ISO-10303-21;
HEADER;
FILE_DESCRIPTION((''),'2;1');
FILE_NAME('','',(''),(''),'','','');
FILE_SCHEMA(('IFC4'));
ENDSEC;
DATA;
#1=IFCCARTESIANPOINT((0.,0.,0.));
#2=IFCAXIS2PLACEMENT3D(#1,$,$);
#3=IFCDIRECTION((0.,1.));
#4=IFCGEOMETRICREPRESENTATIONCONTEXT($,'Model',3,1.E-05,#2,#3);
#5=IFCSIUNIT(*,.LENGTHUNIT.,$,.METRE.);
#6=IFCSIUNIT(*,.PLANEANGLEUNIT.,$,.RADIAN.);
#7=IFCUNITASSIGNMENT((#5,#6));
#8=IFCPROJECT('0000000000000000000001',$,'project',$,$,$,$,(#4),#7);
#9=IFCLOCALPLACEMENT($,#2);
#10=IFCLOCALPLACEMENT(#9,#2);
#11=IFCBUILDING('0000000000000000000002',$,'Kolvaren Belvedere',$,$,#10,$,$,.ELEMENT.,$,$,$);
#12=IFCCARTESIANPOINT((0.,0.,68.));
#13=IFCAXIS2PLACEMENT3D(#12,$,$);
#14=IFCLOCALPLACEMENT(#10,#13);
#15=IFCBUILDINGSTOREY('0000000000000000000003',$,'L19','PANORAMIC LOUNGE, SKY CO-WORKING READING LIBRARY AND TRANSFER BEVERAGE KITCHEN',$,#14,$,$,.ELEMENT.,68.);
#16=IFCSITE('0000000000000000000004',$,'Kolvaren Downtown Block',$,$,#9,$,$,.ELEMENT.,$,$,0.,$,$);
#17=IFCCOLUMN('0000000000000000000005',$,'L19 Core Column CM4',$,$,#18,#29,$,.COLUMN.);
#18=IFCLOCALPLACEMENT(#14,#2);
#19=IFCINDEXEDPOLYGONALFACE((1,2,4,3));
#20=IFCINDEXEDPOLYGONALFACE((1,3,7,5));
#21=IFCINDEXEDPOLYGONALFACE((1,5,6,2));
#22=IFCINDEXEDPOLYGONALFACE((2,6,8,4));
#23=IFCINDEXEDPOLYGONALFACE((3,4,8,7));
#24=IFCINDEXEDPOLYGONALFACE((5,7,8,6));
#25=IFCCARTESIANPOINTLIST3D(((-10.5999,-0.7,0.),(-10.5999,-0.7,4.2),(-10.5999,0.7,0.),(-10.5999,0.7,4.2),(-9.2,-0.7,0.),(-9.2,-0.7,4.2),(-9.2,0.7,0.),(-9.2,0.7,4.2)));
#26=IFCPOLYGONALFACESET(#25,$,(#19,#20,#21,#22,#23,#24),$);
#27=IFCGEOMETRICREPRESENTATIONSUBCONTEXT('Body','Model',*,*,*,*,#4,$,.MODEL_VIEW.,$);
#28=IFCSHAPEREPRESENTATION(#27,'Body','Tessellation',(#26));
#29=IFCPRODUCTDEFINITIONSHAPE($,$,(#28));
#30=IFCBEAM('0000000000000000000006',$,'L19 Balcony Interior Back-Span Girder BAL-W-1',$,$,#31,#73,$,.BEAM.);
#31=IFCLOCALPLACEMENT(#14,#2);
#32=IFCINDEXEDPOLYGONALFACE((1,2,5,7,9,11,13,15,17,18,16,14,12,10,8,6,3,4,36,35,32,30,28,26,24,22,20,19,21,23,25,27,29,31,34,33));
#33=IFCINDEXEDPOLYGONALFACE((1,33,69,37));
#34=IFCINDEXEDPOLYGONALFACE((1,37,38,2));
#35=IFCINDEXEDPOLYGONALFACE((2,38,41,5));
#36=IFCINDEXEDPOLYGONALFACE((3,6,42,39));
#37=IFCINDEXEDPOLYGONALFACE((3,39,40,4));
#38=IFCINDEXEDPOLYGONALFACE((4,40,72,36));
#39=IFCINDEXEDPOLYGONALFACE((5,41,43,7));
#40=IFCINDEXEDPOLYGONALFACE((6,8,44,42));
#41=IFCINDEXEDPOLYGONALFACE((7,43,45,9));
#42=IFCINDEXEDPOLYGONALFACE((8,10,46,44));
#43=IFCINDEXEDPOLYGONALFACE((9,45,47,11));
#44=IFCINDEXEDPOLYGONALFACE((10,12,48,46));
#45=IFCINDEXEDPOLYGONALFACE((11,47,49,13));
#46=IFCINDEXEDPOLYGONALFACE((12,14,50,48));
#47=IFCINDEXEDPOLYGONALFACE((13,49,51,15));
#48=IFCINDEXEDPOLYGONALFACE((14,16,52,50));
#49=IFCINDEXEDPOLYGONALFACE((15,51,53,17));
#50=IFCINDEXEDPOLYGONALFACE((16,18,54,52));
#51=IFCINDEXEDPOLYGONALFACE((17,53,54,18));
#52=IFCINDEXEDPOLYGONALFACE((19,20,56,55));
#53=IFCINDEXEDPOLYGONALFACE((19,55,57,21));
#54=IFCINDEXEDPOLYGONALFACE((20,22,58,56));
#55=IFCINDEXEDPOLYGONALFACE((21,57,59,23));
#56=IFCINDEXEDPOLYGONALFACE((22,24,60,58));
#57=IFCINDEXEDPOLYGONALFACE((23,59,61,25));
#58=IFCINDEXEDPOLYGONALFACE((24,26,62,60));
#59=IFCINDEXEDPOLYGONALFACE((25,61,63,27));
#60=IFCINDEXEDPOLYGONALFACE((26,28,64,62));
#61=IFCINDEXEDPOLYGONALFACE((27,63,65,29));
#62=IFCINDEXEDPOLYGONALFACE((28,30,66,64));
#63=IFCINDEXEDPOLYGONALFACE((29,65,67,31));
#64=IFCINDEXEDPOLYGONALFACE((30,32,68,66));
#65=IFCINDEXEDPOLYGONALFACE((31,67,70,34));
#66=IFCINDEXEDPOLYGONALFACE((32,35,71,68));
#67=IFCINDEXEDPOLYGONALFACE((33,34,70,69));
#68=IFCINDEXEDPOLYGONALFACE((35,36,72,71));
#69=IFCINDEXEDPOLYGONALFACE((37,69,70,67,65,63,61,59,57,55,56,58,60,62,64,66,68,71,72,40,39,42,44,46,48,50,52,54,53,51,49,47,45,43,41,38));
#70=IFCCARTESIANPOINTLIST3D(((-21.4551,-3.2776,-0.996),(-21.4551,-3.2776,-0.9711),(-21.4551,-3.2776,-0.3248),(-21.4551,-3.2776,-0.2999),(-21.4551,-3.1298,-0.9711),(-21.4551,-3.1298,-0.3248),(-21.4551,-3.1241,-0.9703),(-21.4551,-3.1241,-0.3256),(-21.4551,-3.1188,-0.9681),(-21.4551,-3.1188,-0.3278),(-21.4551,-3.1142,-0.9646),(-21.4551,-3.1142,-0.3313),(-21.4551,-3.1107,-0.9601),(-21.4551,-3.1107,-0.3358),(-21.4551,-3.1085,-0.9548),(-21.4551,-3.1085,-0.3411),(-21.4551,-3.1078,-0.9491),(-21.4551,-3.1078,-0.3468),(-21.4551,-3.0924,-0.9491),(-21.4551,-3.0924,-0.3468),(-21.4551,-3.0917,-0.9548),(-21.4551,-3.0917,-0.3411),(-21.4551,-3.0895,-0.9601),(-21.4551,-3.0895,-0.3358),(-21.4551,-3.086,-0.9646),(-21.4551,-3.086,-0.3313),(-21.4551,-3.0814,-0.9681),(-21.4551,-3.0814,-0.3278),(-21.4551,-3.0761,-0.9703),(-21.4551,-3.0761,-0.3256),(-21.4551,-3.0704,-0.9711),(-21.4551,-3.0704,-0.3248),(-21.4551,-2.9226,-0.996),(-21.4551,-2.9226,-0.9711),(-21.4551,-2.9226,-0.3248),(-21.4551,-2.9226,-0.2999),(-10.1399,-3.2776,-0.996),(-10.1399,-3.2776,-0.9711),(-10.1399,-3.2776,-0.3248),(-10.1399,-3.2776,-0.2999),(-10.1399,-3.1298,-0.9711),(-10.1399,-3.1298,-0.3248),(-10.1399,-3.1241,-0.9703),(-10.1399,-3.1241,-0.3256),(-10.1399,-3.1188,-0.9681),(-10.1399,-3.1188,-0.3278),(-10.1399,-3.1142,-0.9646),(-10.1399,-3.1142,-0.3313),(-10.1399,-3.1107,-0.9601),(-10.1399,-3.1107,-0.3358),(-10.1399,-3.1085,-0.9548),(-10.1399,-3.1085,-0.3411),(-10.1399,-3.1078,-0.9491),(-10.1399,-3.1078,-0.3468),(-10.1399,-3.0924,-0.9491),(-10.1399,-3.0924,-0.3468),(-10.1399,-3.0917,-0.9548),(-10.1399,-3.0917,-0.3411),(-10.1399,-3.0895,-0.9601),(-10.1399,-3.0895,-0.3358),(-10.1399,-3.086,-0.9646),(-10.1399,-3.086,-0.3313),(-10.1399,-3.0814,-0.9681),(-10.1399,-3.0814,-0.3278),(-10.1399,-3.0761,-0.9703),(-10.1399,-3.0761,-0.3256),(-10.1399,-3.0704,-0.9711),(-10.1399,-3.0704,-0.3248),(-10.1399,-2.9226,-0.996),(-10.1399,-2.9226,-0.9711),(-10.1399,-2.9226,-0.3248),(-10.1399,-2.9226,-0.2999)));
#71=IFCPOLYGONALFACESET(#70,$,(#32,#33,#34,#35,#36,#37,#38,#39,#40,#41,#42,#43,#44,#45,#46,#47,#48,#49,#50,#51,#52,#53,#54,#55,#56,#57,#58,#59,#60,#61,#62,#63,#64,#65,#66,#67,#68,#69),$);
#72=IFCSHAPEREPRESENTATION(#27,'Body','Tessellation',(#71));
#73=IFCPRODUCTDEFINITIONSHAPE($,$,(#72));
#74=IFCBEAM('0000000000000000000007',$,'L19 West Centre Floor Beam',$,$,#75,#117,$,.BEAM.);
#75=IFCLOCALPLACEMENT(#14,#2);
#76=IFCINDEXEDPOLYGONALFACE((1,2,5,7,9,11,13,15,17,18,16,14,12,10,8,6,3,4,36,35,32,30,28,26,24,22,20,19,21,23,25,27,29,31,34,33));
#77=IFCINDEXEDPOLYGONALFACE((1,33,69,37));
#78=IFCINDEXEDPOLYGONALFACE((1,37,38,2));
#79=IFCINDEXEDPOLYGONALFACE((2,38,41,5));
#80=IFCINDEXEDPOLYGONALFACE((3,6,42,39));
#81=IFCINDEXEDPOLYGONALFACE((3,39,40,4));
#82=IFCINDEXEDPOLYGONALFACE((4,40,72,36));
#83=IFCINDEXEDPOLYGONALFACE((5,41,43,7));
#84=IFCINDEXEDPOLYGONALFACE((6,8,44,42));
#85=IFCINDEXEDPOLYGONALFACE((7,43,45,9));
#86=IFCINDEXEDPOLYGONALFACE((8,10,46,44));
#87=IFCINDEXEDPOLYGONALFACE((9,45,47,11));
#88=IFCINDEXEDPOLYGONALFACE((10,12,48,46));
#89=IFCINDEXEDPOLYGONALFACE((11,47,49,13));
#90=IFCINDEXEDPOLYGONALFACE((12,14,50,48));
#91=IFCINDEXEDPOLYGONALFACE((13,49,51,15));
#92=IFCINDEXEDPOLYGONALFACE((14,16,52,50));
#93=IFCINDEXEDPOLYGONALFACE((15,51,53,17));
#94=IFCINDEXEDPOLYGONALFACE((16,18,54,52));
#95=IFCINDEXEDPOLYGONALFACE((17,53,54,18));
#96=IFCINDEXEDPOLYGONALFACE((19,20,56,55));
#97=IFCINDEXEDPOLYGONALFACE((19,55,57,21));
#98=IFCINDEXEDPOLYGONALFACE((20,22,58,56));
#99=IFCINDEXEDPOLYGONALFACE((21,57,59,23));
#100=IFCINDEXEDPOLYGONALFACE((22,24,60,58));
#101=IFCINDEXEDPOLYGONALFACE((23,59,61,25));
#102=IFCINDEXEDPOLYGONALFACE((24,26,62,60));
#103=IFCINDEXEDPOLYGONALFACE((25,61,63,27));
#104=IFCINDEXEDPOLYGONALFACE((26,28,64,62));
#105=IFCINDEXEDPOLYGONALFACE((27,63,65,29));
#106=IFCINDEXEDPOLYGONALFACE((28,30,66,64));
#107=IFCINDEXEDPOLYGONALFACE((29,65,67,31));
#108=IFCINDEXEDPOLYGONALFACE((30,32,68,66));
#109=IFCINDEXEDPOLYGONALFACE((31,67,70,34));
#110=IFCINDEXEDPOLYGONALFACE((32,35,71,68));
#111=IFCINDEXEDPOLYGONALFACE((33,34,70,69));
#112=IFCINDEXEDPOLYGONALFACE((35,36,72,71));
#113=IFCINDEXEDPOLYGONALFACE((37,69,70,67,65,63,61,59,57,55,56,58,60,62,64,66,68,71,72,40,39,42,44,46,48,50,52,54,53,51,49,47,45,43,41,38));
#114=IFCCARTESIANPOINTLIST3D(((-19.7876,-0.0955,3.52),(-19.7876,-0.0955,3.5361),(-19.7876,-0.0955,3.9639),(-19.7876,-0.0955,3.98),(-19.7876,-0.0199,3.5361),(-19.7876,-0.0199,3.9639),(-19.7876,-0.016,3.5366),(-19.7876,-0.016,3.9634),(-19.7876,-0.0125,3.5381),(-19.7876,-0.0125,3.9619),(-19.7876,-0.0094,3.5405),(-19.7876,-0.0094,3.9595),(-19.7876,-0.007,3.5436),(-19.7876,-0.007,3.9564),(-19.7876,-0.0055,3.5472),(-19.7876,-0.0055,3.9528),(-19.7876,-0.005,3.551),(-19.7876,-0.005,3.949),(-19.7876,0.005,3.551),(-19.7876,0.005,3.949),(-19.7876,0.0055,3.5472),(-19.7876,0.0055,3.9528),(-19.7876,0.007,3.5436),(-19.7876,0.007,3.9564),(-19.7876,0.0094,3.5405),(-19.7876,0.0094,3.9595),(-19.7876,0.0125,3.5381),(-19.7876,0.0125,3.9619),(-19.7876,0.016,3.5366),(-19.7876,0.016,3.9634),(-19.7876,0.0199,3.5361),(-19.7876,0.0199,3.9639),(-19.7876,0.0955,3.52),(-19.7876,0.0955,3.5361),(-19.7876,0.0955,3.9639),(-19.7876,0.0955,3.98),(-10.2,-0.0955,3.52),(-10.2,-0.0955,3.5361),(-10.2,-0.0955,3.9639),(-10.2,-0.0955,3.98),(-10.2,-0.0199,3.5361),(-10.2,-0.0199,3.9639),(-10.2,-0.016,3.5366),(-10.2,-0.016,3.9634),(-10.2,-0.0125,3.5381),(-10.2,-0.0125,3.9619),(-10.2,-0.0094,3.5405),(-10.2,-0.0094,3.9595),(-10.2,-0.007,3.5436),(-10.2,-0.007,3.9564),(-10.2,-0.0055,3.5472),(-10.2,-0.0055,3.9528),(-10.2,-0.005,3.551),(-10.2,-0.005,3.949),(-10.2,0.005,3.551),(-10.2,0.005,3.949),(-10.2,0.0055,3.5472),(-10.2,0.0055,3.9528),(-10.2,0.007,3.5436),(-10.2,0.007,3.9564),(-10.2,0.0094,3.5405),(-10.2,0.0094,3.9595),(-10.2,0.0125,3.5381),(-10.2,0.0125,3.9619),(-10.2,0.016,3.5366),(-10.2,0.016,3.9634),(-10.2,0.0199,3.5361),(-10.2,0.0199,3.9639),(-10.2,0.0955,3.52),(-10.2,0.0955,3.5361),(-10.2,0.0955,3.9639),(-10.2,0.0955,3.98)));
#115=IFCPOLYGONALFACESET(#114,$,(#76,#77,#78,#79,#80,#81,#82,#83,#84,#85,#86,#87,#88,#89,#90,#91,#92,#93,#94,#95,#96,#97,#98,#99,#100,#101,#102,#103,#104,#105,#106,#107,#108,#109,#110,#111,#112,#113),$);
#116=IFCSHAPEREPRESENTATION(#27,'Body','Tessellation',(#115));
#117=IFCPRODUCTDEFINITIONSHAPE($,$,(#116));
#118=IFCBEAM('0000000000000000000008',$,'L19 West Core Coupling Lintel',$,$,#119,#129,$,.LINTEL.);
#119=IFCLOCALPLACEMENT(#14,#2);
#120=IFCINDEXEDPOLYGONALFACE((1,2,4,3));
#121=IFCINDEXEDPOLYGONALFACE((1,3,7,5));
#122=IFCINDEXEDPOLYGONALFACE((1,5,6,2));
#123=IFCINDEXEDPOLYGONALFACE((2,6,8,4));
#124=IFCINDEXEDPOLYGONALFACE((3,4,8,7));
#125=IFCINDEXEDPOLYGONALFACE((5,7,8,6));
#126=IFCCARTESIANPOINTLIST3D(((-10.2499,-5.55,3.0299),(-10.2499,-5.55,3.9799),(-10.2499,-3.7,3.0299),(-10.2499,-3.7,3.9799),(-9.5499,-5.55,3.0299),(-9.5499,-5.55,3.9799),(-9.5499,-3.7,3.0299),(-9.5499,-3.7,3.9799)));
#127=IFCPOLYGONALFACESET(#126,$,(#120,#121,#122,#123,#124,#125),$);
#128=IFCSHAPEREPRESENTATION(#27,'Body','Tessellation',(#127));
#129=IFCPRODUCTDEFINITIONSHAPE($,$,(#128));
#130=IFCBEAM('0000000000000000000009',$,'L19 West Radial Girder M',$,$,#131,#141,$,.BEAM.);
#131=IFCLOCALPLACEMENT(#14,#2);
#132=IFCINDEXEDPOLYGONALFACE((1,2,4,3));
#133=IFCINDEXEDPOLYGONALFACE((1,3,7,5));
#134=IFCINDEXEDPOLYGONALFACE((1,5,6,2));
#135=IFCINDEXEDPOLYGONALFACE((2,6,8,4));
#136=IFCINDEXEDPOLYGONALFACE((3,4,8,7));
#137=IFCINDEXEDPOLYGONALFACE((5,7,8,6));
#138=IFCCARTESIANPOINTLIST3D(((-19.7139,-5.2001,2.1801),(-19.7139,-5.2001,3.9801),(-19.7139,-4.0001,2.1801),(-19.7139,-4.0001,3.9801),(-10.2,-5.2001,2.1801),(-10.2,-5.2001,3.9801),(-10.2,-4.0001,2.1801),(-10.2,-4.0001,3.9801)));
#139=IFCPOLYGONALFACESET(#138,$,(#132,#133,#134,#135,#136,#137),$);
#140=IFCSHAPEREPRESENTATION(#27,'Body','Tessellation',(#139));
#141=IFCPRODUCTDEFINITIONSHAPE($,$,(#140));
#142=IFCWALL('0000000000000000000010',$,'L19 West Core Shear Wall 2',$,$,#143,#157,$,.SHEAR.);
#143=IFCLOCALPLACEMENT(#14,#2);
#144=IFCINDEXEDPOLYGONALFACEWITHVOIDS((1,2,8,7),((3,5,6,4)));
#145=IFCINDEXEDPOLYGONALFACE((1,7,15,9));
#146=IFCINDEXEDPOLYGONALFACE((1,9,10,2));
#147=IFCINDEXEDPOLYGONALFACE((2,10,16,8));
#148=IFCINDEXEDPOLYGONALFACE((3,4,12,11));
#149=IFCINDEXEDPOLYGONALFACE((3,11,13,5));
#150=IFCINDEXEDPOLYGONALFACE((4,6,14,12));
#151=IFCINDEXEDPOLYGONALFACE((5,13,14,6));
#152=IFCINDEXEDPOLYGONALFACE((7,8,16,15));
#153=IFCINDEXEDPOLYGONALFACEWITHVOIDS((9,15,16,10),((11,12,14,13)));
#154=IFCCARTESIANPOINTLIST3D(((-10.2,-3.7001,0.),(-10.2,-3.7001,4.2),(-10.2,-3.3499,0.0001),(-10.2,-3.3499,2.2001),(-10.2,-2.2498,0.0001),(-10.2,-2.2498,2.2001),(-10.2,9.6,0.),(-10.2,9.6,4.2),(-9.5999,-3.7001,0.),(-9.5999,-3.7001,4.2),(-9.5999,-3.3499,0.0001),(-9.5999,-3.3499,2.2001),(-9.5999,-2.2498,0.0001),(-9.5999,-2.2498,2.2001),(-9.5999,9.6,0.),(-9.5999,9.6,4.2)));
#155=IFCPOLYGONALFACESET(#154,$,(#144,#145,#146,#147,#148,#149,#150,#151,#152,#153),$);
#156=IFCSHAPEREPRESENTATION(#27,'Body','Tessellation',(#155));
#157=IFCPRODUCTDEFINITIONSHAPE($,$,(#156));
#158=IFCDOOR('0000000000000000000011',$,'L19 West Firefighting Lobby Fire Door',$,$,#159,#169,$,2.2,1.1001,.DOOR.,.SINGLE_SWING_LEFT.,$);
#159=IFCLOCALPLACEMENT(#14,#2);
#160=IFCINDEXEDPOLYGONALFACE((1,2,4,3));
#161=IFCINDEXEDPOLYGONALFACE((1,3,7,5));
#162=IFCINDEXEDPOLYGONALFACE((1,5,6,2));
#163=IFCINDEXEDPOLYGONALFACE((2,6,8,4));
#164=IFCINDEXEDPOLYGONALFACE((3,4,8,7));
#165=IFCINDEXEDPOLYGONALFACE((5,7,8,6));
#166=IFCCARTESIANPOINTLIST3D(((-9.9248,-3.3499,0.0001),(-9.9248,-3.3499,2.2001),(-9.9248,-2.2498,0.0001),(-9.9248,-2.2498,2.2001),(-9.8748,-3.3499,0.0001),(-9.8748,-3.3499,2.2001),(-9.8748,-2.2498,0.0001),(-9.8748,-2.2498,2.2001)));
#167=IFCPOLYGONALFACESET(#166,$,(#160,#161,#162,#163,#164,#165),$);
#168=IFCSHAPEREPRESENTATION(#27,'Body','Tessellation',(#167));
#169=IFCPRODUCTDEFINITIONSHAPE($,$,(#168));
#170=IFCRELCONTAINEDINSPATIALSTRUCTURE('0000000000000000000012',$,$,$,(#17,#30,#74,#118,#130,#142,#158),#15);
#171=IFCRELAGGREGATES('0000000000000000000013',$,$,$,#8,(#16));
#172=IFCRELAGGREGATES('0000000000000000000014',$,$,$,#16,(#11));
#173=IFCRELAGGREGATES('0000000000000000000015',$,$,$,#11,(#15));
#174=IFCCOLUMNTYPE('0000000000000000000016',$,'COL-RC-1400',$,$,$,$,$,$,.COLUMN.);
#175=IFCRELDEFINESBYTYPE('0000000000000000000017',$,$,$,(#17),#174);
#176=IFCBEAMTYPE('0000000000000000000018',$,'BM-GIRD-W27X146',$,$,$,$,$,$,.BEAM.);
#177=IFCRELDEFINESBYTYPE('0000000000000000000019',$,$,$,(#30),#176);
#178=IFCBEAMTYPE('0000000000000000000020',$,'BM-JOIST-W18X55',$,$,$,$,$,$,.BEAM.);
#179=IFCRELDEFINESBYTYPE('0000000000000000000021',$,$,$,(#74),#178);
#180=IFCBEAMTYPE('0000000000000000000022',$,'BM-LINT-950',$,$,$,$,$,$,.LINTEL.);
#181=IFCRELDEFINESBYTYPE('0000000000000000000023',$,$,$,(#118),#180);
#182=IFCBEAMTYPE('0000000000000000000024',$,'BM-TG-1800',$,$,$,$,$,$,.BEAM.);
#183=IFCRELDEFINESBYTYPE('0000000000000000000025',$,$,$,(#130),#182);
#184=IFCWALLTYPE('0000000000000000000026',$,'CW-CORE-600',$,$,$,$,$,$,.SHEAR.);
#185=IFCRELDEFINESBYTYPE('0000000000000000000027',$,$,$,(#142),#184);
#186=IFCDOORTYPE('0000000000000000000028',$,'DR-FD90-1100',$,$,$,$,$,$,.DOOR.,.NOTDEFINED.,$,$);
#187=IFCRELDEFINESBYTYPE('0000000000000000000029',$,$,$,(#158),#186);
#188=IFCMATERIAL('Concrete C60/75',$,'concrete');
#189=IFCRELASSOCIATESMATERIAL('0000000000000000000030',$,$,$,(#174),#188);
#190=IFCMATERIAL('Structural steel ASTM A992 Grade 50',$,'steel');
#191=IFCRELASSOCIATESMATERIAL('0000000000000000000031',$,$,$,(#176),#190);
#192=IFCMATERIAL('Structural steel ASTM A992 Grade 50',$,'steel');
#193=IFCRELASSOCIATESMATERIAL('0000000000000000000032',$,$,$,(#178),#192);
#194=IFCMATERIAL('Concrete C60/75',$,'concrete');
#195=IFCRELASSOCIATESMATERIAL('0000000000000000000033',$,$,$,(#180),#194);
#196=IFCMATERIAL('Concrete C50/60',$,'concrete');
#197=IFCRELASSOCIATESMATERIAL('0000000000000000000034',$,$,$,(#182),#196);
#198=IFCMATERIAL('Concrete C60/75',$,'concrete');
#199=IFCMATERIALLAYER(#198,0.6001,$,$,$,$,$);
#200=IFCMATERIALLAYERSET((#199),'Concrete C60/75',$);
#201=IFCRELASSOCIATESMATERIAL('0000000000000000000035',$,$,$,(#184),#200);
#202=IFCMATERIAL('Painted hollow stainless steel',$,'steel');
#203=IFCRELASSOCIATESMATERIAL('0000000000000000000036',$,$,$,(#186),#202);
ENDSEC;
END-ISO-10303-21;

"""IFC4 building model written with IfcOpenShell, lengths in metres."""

from ifc_helpers import new_model, si_unit, direction, frame, frame_2d, origin, origin_2d, place, context, subcontext, project, spatial, rectangle, i_section, extrude, material, layer, layer_set, material_profile, profile_set, type_object, element, fill, save


model = new_model("IFC4")

# Units and contexts
model_context = context("Model", 3, precision=1e-05, world=origin(), true_north=direction((0.0, 1.0)))
body_context = subcontext(model_context, "Body", "Model", "MODEL_VIEW")
ifc_project = project(units=[si_unit("LENGTHUNIT", "METRE"), si_unit("PLANEANGLEUNIT", "RADIAN")], contexts=[model_context])

# Site, building, storey
site_placement = place(None, origin())
site = spatial("IfcSite", under=ifc_project, at=site_placement, Name="Kolvaren Downtown Block", CompositionType="ELEMENT", RefElevation=0.0)
building_placement = place(site_placement, origin())
building = spatial("IfcBuilding", under=site, at=building_placement, Name="Kolvaren Belvedere", CompositionType="ELEMENT")
storey_placement = place(building_placement, frame((0.0, 0.0, 68.0)))
storey = spatial("IfcBuildingStorey", under=building, at=storey_placement, Name="L19", Description="PANORAMIC LOUNGE, SKY CO-WORKING READING LIBRARY AND TRANSFER BEVERAGE KITCHEN", CompositionType="ELEMENT", Elevation=68.0)

# Column
ifc_material_1 = material(Name="Concrete C60/75", Category="concrete")
ifc_material_profile_1 = material_profile(ifc_material_1, rectangle(XDim=1.3999, YDim=1.3999, at=origin_2d()), Name="RC 1400X1400")
ifc_profile_set_1 = profile_set([ifc_material_profile_1], Name="Concrete C60/75")
column_type = type_object("IfcColumnType", Name="COL-RC-1400", PredefinedType="COLUMN", material=ifc_profile_set_1)
column_placement = place(storey_placement, frame((-9.8999, 0.0, 0.0), z_axis=(0.0, 0.0, 1.0), x_axis=(1.0, 0.0, 0.0)))
element("IfcColumn", 1, at=column_placement, inside=storey, type_object=column_type, Name="L19 Core Column CM4", PredefinedType="COLUMN", context=body_context, shape_type="SweptSolid", body=[
    extrude(rectangle(XDim=1.3999, YDim=1.3999, at=origin_2d()), origin(), (0.0, 0.0, 1.0), 4.2),
])

# Beams
ifc_material_2 = material(Name="Structural steel ASTM A992 Grade 50", Category="steel")
ifc_material_profile_2 = material_profile(ifc_material_2, i_section(OverallWidth=0.355, OverallDepth=0.696, WebThickness=0.0154, FlangeThickness=0.0249, FilletRadius=0.022, at=origin_2d()), Name="W27X146")
ifc_profile_set_2 = profile_set([ifc_material_profile_2], Name="Structural steel ASTM A992 Grade 50")
beam_type_1 = type_object("IfcBeamType", Name="BM-GIRD-W27X146", PredefinedType="BEAM", material=ifc_profile_set_2)
beam_1_placement = place(storey_placement, frame((-10.1399, -3.1001, -0.6479), z_axis=(-1.0, 0.0, 0.0), x_axis=(0.0, -1.0, 0.0)))
element("IfcBeam", 2, at=beam_1_placement, inside=storey, type_object=beam_type_1, Name="L19 Balcony Interior Back-Span Girder BAL-W-1", PredefinedType="BEAM", context=body_context, shape_type="SweptSolid", body=[
    extrude(i_section(OverallWidth=0.355, OverallDepth=0.696, WebThickness=0.0154, FlangeThickness=0.0249, FilletRadius=0.022, at=origin_2d()), origin(), (0.0, 0.0, 1.0), 11.3152),
])
ifc_material_3 = material(Name="Structural steel ASTM A992 Grade 50", Category="steel")
ifc_material_profile_3 = material_profile(ifc_material_3, i_section(OverallWidth=0.1909, OverallDepth=0.46, WebThickness=0.01, FlangeThickness=0.0161, FilletRadius=0.0149, at=origin_2d()), Name="W18X55")
ifc_profile_set_3 = profile_set([ifc_material_profile_3], Name="Structural steel ASTM A992 Grade 50")
beam_type_2 = type_object("IfcBeamType", Name="BM-JOIST-W18X55", PredefinedType="BEAM", material=ifc_profile_set_3)
beam_2_placement = place(storey_placement, frame((-10.2, 0.0, 3.75), z_axis=(-1.0, 0.0, 0.0), x_axis=(0.0, -1.0, 0.0)))
element("IfcBeam", 3, at=beam_2_placement, inside=storey, type_object=beam_type_2, Name="L19 West Centre Floor Beam", PredefinedType="BEAM", context=body_context, shape_type="SweptSolid", body=[
    extrude(i_section(OverallWidth=0.1909, OverallDepth=0.46, WebThickness=0.01, FlangeThickness=0.0161, FilletRadius=0.0149, at=origin_2d()), origin(), (0.0, 0.0, 1.0), 9.5876),
])
ifc_material_4 = material(Name="Concrete C60/75", Category="concrete")
ifc_material_profile_4 = material_profile(ifc_material_4, rectangle(XDim=0.7, YDim=0.95, at=origin_2d()), Name="RC 700X950")
ifc_profile_set_4 = profile_set([ifc_material_profile_4], Name="Concrete C60/75")
beam_type_3 = type_object("IfcBeamType", Name="BM-LINT-950", PredefinedType="LINTEL", material=ifc_profile_set_4)
beam_3_placement = place(storey_placement, frame((-9.8999, -5.55, 3.5049), z_axis=(0.0, 1.0, 0.0), x_axis=(-1.0, 0.0, 0.0)))
element("IfcBeam", 4, at=beam_3_placement, inside=storey, type_object=beam_type_3, Name="L19 West Core Coupling Lintel", PredefinedType="LINTEL", context=body_context, shape_type="SweptSolid", body=[
    extrude(rectangle(XDim=0.7, YDim=0.95, at=origin_2d()), origin(), (0.0, 0.0, 1.0), 1.8501),
])
ifc_material_5 = material(Name="Concrete C50/60", Category="concrete")
ifc_material_profile_5 = material_profile(ifc_material_5, rectangle(XDim=1.2, YDim=1.8, at=origin_2d()), Name="RC 1200X1800")
ifc_profile_set_5 = profile_set([ifc_material_profile_5], Name="Concrete C50/60")
beam_type_4 = type_object("IfcBeamType", Name="BM-TG-1800", PredefinedType="BEAM", material=ifc_profile_set_5)
beam_4_placement = place(storey_placement, frame((-10.2, -4.6001, 3.0801), z_axis=(-1.0, 0.0, 0.0), x_axis=(0.0, -1.0, 0.0)))
element("IfcBeam", 5, at=beam_4_placement, inside=storey, type_object=beam_type_4, Name="L19 West Radial Girder M", PredefinedType="BEAM", context=body_context, shape_type="SweptSolid", body=[
    extrude(rectangle(XDim=1.2, YDim=1.8, at=origin_2d()), origin(), (0.0, 0.0, 1.0), 9.5139),
])

# Wall, opening, door
ifc_material_6 = material(Name="Concrete C60/75", Category="concrete")
ifc_layer_1 = layer(ifc_material_6, 0.6001)
ifc_layer_set_1 = layer_set([ifc_layer_1], Name="Concrete C60/75")
wall_type_1 = type_object("IfcWallType", Name="CW-CORE-600", PredefinedType="SHEAR", material=ifc_layer_set_1)
wall_1_placement = place(storey_placement, frame((-9.8999, -3.7, 0.0), z_axis=(0.0, 0.0, 1.0), x_axis=(0.0, 1.0, 0.0)))
wall_1 = element("IfcWall", 6, at=wall_1_placement, inside=storey, type_object=wall_type_1, Name="L19 West Core Shear Wall 2", PredefinedType="SHEAR", context=body_context, shape_type="SweptSolid", body=[
    extrude(rectangle(XDim=13.3, YDim=0.6001, at=frame_2d((6.6499, 0.0))), origin(), (0.0, 0.0, 1.0), 4.2),
])
opening_1_placement = place(wall_1_placement, frame((0.3501, 0.0, 0.0)))
opening_1 = element("IfcOpeningElement", 7, at=opening_1_placement, cuts=wall_1, PredefinedType="OPENING", context=body_context, shape_type="SweptSolid", body=[
    extrude(rectangle(XDim=1.1001, YDim=2.2, at=frame_2d((0.55, 1.1001))), frame((0.0, 0.3101, 0.0), z_axis=(0.0, -1.0, 0.0), x_axis=(1.0, 0.0, 0.0)), (0.0, 0.0, 1.0), 0.6201),
])
ifc_material_7 = material(Name="Painted hollow stainless steel", Category="steel")
door_type_1 = type_object("IfcDoorType", Name="DR-FD90-1100", OperationType="NOTDEFINED", PredefinedType="DOOR", material=ifc_material_7)
door_1_placement = place(opening_1_placement, origin())
door_1 = element("IfcDoor", 8, at=door_1_placement, inside=storey, type_object=door_type_1, Name="L19 West Firefighting Lobby Fire Door", OperationType="SINGLE_SWING_LEFT", OverallHeight=2.2, OverallWidth=1.1001, PredefinedType="DOOR", context=body_context, shape_type="SweptSolid", body=[
    extrude(rectangle(XDim=1.1001, YDim=2.2, at=frame_2d((0.55, 1.1001))), frame((0.0, 0.0249, 0.0), z_axis=(0.0, -1.0, 0.0), x_axis=(1.0, 0.0, 0.0)), (0.0, 0.0, 1.0), 0.05),
])
fill(opening_1, door_1)

save(model, "model.ifc")
